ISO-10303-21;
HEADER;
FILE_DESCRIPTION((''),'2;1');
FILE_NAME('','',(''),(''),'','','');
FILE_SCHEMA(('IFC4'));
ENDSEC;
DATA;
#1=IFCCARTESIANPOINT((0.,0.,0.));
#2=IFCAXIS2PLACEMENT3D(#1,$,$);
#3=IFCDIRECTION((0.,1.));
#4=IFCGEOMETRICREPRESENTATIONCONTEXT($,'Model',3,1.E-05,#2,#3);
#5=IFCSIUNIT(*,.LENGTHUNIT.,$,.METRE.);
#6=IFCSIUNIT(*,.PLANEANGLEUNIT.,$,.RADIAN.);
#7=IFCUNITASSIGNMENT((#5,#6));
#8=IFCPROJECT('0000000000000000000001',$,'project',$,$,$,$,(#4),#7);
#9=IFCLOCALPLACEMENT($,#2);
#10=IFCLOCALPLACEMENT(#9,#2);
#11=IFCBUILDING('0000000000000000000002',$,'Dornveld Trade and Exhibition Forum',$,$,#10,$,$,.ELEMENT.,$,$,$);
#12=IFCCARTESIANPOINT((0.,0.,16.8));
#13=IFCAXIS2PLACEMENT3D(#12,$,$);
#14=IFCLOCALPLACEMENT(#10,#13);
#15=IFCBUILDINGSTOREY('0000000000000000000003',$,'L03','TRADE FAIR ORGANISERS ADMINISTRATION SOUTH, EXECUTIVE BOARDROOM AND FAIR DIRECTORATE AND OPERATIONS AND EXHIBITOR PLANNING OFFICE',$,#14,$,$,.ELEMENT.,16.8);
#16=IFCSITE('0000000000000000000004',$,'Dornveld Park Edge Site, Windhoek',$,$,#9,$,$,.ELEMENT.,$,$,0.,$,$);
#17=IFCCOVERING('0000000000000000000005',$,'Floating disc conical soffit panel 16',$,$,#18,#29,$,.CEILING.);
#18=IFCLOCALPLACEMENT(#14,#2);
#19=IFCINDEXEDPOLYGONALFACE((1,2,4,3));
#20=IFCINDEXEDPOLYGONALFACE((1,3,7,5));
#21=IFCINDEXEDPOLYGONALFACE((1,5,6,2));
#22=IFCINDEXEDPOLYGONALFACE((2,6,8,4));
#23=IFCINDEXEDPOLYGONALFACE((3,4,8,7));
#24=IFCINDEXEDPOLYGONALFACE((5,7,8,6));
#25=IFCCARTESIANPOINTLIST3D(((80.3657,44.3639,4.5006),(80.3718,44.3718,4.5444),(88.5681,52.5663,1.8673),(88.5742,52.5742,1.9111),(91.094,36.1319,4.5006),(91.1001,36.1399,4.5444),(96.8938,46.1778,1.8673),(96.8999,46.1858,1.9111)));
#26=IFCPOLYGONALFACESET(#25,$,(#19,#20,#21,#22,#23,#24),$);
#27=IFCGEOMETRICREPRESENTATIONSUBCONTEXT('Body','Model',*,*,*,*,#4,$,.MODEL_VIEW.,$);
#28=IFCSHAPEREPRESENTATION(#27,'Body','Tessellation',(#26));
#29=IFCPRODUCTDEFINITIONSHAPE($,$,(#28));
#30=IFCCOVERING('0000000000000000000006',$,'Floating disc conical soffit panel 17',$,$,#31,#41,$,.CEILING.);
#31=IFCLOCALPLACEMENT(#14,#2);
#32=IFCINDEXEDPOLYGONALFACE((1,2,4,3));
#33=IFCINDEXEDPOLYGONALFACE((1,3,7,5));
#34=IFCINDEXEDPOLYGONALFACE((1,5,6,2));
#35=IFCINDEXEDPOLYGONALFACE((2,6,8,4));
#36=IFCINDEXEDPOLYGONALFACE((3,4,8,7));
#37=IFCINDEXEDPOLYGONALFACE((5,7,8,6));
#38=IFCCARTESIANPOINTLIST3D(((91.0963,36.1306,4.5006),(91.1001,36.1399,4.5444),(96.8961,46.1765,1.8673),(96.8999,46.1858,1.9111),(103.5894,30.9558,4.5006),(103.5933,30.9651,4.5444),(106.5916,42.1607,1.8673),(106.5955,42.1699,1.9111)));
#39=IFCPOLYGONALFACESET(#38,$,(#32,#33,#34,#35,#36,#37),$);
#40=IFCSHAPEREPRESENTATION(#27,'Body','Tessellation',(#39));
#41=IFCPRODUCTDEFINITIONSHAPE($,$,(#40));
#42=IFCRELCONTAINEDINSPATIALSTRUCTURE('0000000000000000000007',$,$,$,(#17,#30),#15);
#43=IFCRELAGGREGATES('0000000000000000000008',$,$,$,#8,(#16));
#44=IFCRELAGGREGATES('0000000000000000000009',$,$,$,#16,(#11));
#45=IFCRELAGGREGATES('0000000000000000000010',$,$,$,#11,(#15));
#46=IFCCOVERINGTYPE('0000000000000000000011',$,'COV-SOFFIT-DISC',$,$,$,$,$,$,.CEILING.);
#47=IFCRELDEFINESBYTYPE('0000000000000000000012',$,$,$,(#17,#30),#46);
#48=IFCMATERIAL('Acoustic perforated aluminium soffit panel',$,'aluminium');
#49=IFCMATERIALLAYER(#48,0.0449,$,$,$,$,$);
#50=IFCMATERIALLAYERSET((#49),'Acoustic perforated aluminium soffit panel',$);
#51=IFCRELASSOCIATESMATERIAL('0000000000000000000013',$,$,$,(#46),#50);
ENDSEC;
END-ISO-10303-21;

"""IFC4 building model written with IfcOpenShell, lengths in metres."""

from ifc_helpers import new_model, si_unit, direction, frame, origin, place, context, subcontext, project, spatial, polyline, outline, extrude, material, layer, layer_set, type_object, element, save


model = new_model("IFC4")

# Units and contexts
model_context = context("Model", 3, precision=1e-05, world=origin(), true_north=direction((0.0, 1.0)))
body_context = subcontext(model_context, "Body", "Model", "MODEL_VIEW")
ifc_project = project(units=[si_unit("LENGTHUNIT", "METRE"), si_unit("PLANEANGLEUNIT", "RADIAN")], contexts=[model_context])

# Site, building, storey
site_placement = place(None, origin())
site = spatial("IfcSite", under=ifc_project, at=site_placement, Name="Dornveld Park Edge Site, Windhoek", CompositionType="ELEMENT", RefElevation=0.0)
building_placement = place(site_placement, origin())
building = spatial("IfcBuilding", under=site, at=building_placement, Name="Dornveld Trade and Exhibition Forum", CompositionType="ELEMENT")
storey_placement = place(building_placement, frame((0.0, 0.0, 16.8)))
storey = spatial("IfcBuildingStorey", under=building, at=storey_placement, Name="L03", Description="TRADE FAIR ORGANISERS ADMINISTRATION SOUTH, EXECUTIVE BOARDROOM AND FAIR DIRECTORATE AND OPERATIONS AND EXHIBITOR PLANNING OFFICE", CompositionType="ELEMENT", Elevation=16.8)

# Coverings
ifc_material_1 = material(Name="Acoustic perforated aluminium soffit panel", Category="aluminium")
ifc_layer_1 = layer(ifc_material_1, 0.0449)
ifc_layer_set_1 = layer_set([ifc_layer_1], Name="Acoustic perforated aluminium soffit panel")
covering_type = type_object("IfcCoveringType", Name="COV-SOFFIT-DISC", PredefinedType="CEILING", material=ifc_layer_set_1)
covering_1_placement = place(storey_placement, frame((88.5742, 52.5742, 1.9111), z_axis=(0.13587, 0.177072, 0.974774), x_axis=(-0.689562, -0.689562, 0.221378)))
element("IfcCovering", 1, at=covering_1_placement, inside=storey, type_object=covering_type, Name="Floating disc conical soffit panel 16", PredefinedType="CEILING", context=body_context, shape_type="SweptSolid", body=[
    extrude(outline(polyline([(0.0, 0.0), (11.8951, 0.0), (10.1737, 13.4126), (-1.3359, 10.4089), (0.0, 0.0)])), origin(), (0.0, 0.0, -1.0), 0.0449),
])
covering_2_placement = place(storey_placement, frame((96.8999, 46.1858, 1.9111), z_axis=(0.08541, 0.206203, 0.974775), x_axis=(-0.487582, -0.844545, 0.221377)))
element("IfcCovering", 2, at=covering_2_placement, inside=storey, type_object=covering_type, Name="Floating disc conical soffit panel 17", PredefinedType="CEILING", context=body_context, shape_type="SweptSolid", body=[
    extrude(outline(polyline([(0.0, 0.0), (11.895, 0.0), (10.174, 13.4125), (-1.3358, 10.409), (0.0, 0.0)])), origin(), (0.0, 0.0, -1.0), 0.0449),
])

save(model, "model.ifc")
